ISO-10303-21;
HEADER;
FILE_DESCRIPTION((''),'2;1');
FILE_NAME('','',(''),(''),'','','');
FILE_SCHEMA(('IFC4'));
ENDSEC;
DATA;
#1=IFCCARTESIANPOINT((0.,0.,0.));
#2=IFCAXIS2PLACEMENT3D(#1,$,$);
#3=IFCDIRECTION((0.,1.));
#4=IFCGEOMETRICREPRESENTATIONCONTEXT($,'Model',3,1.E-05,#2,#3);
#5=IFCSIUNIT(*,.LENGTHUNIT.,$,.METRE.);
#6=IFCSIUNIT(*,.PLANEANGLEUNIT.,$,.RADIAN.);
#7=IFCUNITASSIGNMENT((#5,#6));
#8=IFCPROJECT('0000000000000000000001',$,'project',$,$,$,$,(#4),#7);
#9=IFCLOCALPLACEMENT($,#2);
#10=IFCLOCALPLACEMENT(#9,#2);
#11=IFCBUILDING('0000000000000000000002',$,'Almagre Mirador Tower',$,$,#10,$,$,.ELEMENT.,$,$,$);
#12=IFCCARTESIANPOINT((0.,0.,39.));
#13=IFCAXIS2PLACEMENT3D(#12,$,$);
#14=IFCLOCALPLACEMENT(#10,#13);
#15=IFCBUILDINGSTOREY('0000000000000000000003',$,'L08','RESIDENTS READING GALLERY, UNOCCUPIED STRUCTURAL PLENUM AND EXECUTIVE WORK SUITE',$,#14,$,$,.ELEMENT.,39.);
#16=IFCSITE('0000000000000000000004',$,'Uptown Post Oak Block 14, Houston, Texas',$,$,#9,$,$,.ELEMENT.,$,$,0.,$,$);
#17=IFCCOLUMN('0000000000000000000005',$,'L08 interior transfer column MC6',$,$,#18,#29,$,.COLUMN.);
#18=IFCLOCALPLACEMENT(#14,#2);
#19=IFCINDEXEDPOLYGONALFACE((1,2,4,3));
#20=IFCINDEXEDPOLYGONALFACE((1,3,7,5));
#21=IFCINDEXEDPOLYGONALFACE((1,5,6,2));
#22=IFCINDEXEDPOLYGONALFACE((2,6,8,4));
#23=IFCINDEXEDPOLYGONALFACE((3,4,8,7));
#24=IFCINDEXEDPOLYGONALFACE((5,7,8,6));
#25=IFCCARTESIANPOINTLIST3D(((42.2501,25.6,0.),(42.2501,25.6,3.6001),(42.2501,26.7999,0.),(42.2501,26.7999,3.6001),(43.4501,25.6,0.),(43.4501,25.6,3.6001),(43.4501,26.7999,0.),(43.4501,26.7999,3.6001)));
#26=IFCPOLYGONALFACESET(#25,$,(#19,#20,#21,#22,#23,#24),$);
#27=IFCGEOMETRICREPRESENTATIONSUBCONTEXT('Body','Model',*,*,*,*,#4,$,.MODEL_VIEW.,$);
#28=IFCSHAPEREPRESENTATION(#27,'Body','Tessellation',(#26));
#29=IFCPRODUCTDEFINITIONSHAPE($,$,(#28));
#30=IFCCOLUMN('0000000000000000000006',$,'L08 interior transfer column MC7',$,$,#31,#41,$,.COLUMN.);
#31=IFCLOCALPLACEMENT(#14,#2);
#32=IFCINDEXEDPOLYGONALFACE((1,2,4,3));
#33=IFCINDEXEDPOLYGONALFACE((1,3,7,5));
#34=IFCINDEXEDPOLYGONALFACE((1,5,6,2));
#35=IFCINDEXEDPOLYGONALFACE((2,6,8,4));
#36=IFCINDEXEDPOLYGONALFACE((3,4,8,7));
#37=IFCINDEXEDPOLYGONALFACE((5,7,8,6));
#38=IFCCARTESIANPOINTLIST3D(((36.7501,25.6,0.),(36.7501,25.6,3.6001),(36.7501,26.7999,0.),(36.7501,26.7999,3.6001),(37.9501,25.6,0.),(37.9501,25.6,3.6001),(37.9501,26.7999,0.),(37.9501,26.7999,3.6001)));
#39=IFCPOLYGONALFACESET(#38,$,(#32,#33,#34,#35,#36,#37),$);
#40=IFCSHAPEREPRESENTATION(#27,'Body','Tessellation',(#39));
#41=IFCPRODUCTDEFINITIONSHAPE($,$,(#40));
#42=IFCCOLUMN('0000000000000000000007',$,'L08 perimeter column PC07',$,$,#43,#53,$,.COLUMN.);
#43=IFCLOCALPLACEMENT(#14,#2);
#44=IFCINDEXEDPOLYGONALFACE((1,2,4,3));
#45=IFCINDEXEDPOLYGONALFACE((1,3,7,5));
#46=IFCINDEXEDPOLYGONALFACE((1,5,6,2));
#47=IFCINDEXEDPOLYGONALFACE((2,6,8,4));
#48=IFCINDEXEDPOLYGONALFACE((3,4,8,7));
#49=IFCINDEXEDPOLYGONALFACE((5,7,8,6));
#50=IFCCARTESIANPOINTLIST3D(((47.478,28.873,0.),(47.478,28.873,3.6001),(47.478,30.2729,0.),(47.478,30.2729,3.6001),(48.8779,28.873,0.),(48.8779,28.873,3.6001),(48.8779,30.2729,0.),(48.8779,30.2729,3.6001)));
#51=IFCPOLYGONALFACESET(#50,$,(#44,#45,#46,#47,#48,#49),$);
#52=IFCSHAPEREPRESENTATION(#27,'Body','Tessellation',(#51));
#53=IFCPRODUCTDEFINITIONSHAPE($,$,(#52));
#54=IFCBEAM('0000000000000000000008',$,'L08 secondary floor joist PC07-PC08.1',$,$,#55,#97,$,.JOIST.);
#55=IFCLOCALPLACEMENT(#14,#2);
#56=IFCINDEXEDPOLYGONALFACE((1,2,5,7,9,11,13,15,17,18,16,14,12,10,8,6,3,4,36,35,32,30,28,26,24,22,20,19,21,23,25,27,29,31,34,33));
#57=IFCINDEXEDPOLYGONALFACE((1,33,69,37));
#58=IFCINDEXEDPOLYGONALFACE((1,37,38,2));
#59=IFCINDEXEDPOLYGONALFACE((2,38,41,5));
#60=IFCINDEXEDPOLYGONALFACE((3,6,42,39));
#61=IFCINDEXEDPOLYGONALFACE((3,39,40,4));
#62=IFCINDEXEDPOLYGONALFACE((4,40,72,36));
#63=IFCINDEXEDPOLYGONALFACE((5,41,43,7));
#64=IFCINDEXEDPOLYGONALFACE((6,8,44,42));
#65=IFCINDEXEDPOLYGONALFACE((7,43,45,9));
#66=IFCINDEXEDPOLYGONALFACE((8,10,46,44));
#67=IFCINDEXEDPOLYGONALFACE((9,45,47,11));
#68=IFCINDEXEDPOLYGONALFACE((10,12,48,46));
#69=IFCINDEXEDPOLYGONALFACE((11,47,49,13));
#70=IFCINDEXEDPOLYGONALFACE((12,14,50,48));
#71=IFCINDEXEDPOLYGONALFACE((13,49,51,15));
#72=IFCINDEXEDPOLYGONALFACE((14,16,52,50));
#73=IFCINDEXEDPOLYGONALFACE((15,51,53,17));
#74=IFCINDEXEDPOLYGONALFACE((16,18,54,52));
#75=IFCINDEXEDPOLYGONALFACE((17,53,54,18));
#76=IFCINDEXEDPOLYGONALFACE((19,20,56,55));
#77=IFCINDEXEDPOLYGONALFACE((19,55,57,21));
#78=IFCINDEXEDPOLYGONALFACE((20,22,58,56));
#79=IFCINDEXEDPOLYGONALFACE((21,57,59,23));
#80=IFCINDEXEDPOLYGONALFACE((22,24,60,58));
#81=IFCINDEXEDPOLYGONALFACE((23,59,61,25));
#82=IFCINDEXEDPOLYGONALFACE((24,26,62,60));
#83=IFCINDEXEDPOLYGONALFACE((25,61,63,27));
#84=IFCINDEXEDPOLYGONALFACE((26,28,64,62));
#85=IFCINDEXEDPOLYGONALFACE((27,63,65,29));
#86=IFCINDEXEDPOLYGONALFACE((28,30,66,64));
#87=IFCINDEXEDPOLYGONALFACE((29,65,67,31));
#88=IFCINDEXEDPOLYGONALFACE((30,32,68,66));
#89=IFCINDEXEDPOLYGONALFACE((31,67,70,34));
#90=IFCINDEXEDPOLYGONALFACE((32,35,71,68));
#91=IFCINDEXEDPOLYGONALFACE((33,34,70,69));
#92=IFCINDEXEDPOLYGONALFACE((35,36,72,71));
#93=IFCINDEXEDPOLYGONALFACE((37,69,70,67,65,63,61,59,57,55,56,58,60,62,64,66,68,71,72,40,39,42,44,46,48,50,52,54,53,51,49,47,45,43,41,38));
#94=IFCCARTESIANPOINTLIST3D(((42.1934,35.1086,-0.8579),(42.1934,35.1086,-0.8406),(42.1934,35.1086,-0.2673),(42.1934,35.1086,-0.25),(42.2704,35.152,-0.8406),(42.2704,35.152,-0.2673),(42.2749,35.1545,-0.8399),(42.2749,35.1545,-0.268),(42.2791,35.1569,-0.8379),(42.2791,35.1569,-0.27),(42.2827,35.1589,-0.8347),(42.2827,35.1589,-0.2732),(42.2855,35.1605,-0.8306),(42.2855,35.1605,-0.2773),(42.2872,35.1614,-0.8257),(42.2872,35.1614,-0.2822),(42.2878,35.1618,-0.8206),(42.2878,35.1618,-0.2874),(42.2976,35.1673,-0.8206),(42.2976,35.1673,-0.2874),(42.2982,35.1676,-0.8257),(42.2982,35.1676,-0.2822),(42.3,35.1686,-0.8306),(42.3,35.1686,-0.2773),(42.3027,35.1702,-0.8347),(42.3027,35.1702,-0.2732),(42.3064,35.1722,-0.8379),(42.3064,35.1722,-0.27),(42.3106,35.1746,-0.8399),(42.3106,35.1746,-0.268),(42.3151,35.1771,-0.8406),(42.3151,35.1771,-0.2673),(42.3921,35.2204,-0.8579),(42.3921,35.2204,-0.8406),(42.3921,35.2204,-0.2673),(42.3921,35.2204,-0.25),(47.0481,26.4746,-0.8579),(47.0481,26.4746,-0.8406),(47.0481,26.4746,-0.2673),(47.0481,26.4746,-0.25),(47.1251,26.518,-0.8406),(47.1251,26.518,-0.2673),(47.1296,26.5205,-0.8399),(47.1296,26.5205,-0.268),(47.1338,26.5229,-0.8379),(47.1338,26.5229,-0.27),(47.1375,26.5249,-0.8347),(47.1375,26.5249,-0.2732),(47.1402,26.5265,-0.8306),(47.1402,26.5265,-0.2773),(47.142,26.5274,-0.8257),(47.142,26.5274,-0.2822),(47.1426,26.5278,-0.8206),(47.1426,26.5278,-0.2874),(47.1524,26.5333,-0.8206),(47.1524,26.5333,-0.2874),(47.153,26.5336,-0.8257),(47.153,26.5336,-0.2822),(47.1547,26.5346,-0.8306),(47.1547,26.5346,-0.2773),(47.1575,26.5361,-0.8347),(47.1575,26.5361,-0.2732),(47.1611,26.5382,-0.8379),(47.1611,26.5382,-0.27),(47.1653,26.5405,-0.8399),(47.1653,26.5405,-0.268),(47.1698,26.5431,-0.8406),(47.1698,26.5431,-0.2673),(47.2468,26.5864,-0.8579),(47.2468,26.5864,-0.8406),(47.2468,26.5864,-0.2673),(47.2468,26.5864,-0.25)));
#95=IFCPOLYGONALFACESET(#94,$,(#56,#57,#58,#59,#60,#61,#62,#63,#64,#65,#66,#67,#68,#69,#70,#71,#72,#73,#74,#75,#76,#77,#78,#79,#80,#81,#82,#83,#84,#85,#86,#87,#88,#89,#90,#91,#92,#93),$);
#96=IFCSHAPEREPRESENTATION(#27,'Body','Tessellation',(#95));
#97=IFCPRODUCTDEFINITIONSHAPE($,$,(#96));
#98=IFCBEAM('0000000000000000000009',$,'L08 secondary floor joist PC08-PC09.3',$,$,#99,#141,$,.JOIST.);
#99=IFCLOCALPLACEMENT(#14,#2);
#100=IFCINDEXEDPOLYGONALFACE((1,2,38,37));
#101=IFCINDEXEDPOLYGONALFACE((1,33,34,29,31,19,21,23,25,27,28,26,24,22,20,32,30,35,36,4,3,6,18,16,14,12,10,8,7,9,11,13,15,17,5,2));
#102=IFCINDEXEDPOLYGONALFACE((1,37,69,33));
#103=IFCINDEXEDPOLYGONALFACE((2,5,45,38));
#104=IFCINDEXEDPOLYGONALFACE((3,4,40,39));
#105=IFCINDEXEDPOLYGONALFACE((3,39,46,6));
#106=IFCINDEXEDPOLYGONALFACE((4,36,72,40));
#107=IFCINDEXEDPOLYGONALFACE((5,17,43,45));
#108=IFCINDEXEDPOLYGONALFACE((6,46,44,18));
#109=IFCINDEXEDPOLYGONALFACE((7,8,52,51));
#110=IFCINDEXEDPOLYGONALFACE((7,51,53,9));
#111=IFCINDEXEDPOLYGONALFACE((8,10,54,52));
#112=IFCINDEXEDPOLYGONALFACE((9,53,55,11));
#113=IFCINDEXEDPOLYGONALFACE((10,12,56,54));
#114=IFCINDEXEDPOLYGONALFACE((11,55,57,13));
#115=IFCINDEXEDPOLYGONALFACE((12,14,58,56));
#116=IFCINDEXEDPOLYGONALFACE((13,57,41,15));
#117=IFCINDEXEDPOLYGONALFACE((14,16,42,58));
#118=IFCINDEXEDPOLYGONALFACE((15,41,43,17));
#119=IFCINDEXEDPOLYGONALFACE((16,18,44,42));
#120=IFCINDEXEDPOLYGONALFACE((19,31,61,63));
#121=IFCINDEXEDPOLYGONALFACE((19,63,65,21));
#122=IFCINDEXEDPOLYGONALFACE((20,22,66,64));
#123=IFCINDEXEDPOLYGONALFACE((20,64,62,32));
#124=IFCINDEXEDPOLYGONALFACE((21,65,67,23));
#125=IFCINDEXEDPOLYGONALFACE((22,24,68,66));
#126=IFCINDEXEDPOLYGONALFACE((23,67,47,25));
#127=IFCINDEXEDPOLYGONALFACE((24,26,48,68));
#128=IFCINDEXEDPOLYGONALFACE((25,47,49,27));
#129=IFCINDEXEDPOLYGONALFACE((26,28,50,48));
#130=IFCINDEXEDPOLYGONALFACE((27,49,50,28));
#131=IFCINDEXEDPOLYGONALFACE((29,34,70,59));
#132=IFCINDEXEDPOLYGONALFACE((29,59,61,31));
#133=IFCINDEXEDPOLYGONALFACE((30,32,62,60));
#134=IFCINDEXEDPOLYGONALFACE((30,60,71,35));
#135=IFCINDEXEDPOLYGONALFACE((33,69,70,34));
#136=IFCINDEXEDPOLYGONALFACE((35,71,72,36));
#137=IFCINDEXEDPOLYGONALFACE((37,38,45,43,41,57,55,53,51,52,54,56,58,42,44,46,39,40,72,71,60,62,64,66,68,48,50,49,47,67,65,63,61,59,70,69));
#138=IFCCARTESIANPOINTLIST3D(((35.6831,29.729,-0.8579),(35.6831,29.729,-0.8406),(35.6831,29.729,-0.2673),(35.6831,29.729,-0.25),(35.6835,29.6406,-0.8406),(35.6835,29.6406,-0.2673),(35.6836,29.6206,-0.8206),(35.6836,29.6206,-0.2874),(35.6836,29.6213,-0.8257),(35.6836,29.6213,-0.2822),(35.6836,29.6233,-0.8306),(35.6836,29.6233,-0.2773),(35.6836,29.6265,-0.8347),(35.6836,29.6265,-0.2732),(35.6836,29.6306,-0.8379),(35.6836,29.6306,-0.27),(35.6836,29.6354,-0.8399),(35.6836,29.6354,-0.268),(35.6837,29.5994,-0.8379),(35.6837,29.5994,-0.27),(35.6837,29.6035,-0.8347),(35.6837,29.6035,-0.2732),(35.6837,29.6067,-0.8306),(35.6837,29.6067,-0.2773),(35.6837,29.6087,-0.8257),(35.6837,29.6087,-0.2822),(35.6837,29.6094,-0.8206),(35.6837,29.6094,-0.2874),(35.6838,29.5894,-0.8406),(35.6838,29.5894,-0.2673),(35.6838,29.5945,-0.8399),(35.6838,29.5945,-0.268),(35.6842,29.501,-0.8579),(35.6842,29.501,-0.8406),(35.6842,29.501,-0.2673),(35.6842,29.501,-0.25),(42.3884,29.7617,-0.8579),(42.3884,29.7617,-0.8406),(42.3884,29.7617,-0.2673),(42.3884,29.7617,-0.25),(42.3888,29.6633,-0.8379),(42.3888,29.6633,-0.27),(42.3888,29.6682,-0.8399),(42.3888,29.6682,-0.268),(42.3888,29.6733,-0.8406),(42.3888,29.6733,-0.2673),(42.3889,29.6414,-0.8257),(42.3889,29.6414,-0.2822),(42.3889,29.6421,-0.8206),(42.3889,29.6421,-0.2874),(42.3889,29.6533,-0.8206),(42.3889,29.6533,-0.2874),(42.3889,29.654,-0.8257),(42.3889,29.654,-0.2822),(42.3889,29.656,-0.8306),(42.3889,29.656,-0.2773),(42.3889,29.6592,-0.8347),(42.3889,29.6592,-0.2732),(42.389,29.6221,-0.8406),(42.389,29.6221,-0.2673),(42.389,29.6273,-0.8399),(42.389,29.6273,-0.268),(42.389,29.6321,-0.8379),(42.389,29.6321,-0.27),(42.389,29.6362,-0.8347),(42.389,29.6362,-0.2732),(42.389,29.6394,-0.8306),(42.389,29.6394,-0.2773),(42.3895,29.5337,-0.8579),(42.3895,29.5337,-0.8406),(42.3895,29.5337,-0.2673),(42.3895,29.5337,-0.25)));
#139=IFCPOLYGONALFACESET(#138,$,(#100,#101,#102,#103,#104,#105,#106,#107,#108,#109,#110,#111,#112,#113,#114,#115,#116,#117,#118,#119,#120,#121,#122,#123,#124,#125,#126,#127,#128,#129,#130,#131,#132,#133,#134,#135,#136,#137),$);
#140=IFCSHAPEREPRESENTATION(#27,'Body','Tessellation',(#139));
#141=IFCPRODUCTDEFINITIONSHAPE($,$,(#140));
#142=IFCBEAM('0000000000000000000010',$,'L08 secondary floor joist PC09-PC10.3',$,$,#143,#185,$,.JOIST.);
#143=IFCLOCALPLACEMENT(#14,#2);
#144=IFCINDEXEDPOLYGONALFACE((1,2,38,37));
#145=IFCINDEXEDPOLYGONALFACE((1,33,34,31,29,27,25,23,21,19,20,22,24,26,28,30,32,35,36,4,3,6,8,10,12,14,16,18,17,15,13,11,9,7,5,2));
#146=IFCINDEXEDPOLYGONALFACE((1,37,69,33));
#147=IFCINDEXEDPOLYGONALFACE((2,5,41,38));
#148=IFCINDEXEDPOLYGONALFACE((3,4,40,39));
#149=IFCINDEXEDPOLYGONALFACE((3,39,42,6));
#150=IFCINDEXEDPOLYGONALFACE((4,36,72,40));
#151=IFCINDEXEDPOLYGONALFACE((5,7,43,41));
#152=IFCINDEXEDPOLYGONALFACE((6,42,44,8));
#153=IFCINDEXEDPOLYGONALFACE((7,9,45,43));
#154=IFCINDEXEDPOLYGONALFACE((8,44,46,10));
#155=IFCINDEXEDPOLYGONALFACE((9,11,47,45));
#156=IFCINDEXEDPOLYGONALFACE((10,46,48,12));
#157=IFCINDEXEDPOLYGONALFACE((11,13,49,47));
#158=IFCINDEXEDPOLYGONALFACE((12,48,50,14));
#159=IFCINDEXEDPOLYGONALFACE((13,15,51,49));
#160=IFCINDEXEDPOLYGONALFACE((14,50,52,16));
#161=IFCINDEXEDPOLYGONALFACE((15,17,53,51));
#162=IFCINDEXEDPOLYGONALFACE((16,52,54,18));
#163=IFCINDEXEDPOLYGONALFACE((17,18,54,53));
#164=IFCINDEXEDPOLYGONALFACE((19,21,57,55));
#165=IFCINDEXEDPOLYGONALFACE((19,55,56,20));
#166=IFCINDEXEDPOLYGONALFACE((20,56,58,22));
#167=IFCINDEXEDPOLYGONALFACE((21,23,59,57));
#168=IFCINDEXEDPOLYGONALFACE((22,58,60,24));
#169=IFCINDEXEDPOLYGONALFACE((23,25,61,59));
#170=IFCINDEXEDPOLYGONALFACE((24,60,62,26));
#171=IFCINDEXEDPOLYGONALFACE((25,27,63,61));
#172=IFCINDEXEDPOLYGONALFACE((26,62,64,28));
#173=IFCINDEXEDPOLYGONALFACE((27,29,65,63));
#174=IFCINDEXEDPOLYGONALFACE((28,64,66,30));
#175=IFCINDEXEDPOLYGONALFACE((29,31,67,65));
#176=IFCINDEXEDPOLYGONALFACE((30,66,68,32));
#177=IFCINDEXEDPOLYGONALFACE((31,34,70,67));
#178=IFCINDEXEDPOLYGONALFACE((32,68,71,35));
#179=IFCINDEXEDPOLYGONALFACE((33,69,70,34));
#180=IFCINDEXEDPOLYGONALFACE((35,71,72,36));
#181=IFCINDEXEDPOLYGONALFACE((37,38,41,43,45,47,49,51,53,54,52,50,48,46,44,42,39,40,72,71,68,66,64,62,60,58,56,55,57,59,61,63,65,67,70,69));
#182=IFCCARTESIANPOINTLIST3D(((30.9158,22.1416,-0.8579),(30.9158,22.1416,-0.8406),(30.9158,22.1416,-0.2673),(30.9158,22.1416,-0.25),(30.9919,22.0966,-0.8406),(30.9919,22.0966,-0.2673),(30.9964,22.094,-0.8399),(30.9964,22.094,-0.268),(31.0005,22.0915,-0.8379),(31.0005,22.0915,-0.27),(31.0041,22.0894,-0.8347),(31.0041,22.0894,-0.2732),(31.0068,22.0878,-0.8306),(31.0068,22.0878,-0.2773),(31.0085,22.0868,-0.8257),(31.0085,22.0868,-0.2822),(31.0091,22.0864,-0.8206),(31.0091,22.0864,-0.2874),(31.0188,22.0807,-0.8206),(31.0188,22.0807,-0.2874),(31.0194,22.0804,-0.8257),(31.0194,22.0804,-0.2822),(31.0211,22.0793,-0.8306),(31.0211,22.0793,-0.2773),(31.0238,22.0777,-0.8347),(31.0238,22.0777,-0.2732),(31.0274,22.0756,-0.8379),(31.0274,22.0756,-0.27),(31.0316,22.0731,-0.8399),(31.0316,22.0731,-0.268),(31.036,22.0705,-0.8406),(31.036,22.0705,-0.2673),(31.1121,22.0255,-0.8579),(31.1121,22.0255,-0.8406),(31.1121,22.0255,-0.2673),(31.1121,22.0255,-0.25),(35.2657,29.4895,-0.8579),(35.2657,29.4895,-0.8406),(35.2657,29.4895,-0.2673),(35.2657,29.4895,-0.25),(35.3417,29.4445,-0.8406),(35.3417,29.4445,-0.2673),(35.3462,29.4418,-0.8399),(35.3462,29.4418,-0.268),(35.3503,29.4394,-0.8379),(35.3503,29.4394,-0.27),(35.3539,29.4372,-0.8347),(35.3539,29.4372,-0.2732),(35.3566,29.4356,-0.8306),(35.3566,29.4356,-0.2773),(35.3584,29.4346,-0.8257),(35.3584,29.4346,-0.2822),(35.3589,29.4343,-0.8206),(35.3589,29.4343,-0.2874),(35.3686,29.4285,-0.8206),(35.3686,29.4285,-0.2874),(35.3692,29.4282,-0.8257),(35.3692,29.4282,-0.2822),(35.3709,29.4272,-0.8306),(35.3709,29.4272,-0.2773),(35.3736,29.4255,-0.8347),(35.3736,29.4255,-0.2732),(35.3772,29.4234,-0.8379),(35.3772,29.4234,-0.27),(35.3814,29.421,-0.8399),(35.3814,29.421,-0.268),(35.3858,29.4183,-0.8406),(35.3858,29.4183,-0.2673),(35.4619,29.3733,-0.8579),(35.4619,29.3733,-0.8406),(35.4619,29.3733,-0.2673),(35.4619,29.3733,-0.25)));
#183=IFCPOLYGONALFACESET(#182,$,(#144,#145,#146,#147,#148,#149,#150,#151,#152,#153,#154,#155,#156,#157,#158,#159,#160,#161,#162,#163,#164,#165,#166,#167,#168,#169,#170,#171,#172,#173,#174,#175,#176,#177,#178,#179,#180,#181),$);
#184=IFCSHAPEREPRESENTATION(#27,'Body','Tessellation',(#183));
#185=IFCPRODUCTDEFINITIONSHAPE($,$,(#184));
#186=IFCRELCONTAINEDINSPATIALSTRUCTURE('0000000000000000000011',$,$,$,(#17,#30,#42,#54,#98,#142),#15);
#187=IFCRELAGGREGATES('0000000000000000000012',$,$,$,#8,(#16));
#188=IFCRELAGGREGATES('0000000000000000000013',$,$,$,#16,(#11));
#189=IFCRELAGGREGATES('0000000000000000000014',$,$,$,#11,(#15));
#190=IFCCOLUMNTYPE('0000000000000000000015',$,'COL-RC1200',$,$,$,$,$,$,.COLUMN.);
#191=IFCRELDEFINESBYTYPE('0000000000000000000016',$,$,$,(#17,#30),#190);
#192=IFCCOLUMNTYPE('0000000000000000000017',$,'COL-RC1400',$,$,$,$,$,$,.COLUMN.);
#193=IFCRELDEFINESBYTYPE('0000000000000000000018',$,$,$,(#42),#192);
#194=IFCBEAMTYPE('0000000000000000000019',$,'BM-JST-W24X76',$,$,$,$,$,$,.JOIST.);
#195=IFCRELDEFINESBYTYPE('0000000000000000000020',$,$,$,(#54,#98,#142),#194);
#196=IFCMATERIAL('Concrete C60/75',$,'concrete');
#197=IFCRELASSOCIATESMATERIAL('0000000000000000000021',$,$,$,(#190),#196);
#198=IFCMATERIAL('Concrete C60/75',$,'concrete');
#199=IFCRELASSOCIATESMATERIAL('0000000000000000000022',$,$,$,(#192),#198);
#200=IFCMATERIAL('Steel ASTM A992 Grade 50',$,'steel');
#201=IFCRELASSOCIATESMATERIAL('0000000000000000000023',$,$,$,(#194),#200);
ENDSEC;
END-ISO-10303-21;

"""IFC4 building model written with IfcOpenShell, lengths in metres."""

from ifc_helpers import new_model, si_unit, direction, frame, origin, origin_2d, place, context, subcontext, project, spatial, rectangle, i_section, extrude, material, material_profile, profile_set, type_object, element, save


model = new_model("IFC4")

# Units and contexts
model_context = context("Model", 3, precision=1e-05, world=origin(), true_north=direction((0.0, 1.0)))
body_context = subcontext(model_context, "Body", "Model", "MODEL_VIEW")
ifc_project = project(units=[si_unit("LENGTHUNIT", "METRE"), si_unit("PLANEANGLEUNIT", "RADIAN")], contexts=[model_context])

# Site, building, storey
site_placement = place(None, origin())
site = spatial("IfcSite", under=ifc_project, at=site_placement, Name="Uptown Post Oak Block 14, Houston, Texas", CompositionType="ELEMENT", RefElevation=0.0)
building_placement = place(site_placement, origin())
building = spatial("IfcBuilding", under=site, at=building_placement, Name="Almagre Mirador Tower", CompositionType="ELEMENT")
storey_placement = place(building_placement, frame((0.0, 0.0, 39.0)))
storey = spatial("IfcBuildingStorey", under=building, at=storey_placement, Name="L08", Description="RESIDENTS READING GALLERY, UNOCCUPIED STRUCTURAL PLENUM AND EXECUTIVE WORK SUITE", CompositionType="ELEMENT", Elevation=39.0)

# Columns
ifc_material_1 = material(Name="Concrete C60/75", Category="concrete")
ifc_material_profile_1 = material_profile(ifc_material_1, rectangle(XDim=1.2, YDim=1.2, at=origin_2d()), Name="RC1200X1200")
ifc_profile_set_1 = profile_set([ifc_material_profile_1], Name="Concrete C60/75")
column_type_1 = type_object("IfcColumnType", Name="COL-RC1200", PredefinedType="COLUMN", material=ifc_profile_set_1)
for number, where, z_axis, x_axis, name in (
    (1, (42.8501, 26.2, 0.0), (0.0, 0.0, 1.0), (1.0, 0.0, 0.0), "L08 interior transfer column MC6"),
    (2, (37.3501, 26.2, 0.0), (0.0, 0.0, 1.0), (1.0, 0.0, 0.0), "L08 interior transfer column MC7"),
):
    element("IfcColumn", number, at=place(storey_placement, frame(where, z_axis=z_axis, x_axis=x_axis)), inside=storey, type_object=column_type_1, Name=name, PredefinedType="COLUMN", context=body_context, shape_type="SweptSolid", body=[
        extrude(rectangle(XDim=1.2, YDim=1.2, at=origin_2d()), origin(), (0.0, 0.0, 1.0), 3.6001),
    ])
ifc_material_2 = material(Name="Concrete C60/75", Category="concrete")
ifc_material_profile_2 = material_profile(ifc_material_2, rectangle(XDim=1.3999, YDim=1.3999, at=origin_2d()), Name="RC1400X1400")
ifc_profile_set_2 = profile_set([ifc_material_profile_2], Name="Concrete C60/75")
column_type_2 = type_object("IfcColumnType", Name="COL-RC1400", PredefinedType="COLUMN", material=ifc_profile_set_2)
column_placement = place(storey_placement, frame((48.178, 29.573, 0.0), z_axis=(0.0, 0.0, 1.0), x_axis=(1.0, 0.0, 0.0)))
element("IfcColumn", 3, at=column_placement, inside=storey, type_object=column_type_2, Name="L08 perimeter column PC07", PredefinedType="COLUMN", context=body_context, shape_type="SweptSolid", body=[
    extrude(rectangle(XDim=1.3999, YDim=1.3999, at=origin_2d()), origin(), (0.0, 0.0, 1.0), 3.6001),
])

# Beams
ifc_material_3 = material(Name="Steel ASTM A992 Grade 50", Category="steel")
ifc_material_profile_3 = material_profile(ifc_material_3, i_section(OverallWidth=0.228, OverallDepth=0.6079, WebThickness=0.0112, FlangeThickness=0.0173, FilletRadius=0.02, at=origin_2d()), Name="W24X76")
ifc_profile_set_3 = profile_set([ifc_material_profile_3], Name="Steel ASTM A992 Grade 50")
beam_type_1 = type_object("IfcBeamType", Name="BM-JST-W24X76", PredefinedType="JOIST", material=ifc_profile_set_3)
beam_1_placement = place(storey_placement, frame((47.1475, 26.5305, -0.554), z_axis=(-0.490115, 0.871658, 0.0), x_axis=(-0.871658, -0.490115, 0.0)))
element("IfcBeam", 4, at=beam_1_placement, inside=storey, type_object=beam_type_1, Name="L08 secondary floor joist PC07-PC08.1", PredefinedType="JOIST", context=body_context, shape_type="SweptSolid", body=[
    extrude(i_section(OverallWidth=0.228, OverallDepth=0.6079, WebThickness=0.0112, FlangeThickness=0.0173, FilletRadius=0.02, at=origin_2d()), origin(), (0.0, 0.0, 1.0), 9.9053),
])
beam_2_placement = place(storey_placement, frame((42.3889, 29.6477, -0.554), z_axis=(-0.999988, -0.004879, 0.0), x_axis=(0.004879, -0.999988, 0.0)))
element("IfcBeam", 5, at=beam_2_placement, inside=storey, type_object=beam_type_1, Name="L08 secondary floor joist PC08-PC09.3", PredefinedType="JOIST", context=body_context, shape_type="SweptSolid", body=[
    extrude(i_section(OverallWidth=0.228, OverallDepth=0.6079, WebThickness=0.0112, FlangeThickness=0.0173, FilletRadius=0.02, at=origin_2d()), origin(), (0.0, 0.0, 1.0), 6.7053),
])
beam_3_placement = place(storey_placement, frame((35.3638, 29.4314, -0.554), z_axis=(-0.509416, -0.86052, 0.0), x_axis=(0.86052, -0.509416, 0.0)))
element("IfcBeam", 6, at=beam_3_placement, inside=storey, type_object=beam_type_1, Name="L08 secondary floor joist PC09-PC10.3", PredefinedType="JOIST", context=body_context, shape_type="SweptSolid", body=[
    extrude(i_section(OverallWidth=0.228, OverallDepth=0.6079, WebThickness=0.0112, FlangeThickness=0.0173, FilletRadius=0.02, at=origin_2d()), origin(), (0.0, 0.0, 1.0), 8.5388),
])

save(model, "model.ifc")
